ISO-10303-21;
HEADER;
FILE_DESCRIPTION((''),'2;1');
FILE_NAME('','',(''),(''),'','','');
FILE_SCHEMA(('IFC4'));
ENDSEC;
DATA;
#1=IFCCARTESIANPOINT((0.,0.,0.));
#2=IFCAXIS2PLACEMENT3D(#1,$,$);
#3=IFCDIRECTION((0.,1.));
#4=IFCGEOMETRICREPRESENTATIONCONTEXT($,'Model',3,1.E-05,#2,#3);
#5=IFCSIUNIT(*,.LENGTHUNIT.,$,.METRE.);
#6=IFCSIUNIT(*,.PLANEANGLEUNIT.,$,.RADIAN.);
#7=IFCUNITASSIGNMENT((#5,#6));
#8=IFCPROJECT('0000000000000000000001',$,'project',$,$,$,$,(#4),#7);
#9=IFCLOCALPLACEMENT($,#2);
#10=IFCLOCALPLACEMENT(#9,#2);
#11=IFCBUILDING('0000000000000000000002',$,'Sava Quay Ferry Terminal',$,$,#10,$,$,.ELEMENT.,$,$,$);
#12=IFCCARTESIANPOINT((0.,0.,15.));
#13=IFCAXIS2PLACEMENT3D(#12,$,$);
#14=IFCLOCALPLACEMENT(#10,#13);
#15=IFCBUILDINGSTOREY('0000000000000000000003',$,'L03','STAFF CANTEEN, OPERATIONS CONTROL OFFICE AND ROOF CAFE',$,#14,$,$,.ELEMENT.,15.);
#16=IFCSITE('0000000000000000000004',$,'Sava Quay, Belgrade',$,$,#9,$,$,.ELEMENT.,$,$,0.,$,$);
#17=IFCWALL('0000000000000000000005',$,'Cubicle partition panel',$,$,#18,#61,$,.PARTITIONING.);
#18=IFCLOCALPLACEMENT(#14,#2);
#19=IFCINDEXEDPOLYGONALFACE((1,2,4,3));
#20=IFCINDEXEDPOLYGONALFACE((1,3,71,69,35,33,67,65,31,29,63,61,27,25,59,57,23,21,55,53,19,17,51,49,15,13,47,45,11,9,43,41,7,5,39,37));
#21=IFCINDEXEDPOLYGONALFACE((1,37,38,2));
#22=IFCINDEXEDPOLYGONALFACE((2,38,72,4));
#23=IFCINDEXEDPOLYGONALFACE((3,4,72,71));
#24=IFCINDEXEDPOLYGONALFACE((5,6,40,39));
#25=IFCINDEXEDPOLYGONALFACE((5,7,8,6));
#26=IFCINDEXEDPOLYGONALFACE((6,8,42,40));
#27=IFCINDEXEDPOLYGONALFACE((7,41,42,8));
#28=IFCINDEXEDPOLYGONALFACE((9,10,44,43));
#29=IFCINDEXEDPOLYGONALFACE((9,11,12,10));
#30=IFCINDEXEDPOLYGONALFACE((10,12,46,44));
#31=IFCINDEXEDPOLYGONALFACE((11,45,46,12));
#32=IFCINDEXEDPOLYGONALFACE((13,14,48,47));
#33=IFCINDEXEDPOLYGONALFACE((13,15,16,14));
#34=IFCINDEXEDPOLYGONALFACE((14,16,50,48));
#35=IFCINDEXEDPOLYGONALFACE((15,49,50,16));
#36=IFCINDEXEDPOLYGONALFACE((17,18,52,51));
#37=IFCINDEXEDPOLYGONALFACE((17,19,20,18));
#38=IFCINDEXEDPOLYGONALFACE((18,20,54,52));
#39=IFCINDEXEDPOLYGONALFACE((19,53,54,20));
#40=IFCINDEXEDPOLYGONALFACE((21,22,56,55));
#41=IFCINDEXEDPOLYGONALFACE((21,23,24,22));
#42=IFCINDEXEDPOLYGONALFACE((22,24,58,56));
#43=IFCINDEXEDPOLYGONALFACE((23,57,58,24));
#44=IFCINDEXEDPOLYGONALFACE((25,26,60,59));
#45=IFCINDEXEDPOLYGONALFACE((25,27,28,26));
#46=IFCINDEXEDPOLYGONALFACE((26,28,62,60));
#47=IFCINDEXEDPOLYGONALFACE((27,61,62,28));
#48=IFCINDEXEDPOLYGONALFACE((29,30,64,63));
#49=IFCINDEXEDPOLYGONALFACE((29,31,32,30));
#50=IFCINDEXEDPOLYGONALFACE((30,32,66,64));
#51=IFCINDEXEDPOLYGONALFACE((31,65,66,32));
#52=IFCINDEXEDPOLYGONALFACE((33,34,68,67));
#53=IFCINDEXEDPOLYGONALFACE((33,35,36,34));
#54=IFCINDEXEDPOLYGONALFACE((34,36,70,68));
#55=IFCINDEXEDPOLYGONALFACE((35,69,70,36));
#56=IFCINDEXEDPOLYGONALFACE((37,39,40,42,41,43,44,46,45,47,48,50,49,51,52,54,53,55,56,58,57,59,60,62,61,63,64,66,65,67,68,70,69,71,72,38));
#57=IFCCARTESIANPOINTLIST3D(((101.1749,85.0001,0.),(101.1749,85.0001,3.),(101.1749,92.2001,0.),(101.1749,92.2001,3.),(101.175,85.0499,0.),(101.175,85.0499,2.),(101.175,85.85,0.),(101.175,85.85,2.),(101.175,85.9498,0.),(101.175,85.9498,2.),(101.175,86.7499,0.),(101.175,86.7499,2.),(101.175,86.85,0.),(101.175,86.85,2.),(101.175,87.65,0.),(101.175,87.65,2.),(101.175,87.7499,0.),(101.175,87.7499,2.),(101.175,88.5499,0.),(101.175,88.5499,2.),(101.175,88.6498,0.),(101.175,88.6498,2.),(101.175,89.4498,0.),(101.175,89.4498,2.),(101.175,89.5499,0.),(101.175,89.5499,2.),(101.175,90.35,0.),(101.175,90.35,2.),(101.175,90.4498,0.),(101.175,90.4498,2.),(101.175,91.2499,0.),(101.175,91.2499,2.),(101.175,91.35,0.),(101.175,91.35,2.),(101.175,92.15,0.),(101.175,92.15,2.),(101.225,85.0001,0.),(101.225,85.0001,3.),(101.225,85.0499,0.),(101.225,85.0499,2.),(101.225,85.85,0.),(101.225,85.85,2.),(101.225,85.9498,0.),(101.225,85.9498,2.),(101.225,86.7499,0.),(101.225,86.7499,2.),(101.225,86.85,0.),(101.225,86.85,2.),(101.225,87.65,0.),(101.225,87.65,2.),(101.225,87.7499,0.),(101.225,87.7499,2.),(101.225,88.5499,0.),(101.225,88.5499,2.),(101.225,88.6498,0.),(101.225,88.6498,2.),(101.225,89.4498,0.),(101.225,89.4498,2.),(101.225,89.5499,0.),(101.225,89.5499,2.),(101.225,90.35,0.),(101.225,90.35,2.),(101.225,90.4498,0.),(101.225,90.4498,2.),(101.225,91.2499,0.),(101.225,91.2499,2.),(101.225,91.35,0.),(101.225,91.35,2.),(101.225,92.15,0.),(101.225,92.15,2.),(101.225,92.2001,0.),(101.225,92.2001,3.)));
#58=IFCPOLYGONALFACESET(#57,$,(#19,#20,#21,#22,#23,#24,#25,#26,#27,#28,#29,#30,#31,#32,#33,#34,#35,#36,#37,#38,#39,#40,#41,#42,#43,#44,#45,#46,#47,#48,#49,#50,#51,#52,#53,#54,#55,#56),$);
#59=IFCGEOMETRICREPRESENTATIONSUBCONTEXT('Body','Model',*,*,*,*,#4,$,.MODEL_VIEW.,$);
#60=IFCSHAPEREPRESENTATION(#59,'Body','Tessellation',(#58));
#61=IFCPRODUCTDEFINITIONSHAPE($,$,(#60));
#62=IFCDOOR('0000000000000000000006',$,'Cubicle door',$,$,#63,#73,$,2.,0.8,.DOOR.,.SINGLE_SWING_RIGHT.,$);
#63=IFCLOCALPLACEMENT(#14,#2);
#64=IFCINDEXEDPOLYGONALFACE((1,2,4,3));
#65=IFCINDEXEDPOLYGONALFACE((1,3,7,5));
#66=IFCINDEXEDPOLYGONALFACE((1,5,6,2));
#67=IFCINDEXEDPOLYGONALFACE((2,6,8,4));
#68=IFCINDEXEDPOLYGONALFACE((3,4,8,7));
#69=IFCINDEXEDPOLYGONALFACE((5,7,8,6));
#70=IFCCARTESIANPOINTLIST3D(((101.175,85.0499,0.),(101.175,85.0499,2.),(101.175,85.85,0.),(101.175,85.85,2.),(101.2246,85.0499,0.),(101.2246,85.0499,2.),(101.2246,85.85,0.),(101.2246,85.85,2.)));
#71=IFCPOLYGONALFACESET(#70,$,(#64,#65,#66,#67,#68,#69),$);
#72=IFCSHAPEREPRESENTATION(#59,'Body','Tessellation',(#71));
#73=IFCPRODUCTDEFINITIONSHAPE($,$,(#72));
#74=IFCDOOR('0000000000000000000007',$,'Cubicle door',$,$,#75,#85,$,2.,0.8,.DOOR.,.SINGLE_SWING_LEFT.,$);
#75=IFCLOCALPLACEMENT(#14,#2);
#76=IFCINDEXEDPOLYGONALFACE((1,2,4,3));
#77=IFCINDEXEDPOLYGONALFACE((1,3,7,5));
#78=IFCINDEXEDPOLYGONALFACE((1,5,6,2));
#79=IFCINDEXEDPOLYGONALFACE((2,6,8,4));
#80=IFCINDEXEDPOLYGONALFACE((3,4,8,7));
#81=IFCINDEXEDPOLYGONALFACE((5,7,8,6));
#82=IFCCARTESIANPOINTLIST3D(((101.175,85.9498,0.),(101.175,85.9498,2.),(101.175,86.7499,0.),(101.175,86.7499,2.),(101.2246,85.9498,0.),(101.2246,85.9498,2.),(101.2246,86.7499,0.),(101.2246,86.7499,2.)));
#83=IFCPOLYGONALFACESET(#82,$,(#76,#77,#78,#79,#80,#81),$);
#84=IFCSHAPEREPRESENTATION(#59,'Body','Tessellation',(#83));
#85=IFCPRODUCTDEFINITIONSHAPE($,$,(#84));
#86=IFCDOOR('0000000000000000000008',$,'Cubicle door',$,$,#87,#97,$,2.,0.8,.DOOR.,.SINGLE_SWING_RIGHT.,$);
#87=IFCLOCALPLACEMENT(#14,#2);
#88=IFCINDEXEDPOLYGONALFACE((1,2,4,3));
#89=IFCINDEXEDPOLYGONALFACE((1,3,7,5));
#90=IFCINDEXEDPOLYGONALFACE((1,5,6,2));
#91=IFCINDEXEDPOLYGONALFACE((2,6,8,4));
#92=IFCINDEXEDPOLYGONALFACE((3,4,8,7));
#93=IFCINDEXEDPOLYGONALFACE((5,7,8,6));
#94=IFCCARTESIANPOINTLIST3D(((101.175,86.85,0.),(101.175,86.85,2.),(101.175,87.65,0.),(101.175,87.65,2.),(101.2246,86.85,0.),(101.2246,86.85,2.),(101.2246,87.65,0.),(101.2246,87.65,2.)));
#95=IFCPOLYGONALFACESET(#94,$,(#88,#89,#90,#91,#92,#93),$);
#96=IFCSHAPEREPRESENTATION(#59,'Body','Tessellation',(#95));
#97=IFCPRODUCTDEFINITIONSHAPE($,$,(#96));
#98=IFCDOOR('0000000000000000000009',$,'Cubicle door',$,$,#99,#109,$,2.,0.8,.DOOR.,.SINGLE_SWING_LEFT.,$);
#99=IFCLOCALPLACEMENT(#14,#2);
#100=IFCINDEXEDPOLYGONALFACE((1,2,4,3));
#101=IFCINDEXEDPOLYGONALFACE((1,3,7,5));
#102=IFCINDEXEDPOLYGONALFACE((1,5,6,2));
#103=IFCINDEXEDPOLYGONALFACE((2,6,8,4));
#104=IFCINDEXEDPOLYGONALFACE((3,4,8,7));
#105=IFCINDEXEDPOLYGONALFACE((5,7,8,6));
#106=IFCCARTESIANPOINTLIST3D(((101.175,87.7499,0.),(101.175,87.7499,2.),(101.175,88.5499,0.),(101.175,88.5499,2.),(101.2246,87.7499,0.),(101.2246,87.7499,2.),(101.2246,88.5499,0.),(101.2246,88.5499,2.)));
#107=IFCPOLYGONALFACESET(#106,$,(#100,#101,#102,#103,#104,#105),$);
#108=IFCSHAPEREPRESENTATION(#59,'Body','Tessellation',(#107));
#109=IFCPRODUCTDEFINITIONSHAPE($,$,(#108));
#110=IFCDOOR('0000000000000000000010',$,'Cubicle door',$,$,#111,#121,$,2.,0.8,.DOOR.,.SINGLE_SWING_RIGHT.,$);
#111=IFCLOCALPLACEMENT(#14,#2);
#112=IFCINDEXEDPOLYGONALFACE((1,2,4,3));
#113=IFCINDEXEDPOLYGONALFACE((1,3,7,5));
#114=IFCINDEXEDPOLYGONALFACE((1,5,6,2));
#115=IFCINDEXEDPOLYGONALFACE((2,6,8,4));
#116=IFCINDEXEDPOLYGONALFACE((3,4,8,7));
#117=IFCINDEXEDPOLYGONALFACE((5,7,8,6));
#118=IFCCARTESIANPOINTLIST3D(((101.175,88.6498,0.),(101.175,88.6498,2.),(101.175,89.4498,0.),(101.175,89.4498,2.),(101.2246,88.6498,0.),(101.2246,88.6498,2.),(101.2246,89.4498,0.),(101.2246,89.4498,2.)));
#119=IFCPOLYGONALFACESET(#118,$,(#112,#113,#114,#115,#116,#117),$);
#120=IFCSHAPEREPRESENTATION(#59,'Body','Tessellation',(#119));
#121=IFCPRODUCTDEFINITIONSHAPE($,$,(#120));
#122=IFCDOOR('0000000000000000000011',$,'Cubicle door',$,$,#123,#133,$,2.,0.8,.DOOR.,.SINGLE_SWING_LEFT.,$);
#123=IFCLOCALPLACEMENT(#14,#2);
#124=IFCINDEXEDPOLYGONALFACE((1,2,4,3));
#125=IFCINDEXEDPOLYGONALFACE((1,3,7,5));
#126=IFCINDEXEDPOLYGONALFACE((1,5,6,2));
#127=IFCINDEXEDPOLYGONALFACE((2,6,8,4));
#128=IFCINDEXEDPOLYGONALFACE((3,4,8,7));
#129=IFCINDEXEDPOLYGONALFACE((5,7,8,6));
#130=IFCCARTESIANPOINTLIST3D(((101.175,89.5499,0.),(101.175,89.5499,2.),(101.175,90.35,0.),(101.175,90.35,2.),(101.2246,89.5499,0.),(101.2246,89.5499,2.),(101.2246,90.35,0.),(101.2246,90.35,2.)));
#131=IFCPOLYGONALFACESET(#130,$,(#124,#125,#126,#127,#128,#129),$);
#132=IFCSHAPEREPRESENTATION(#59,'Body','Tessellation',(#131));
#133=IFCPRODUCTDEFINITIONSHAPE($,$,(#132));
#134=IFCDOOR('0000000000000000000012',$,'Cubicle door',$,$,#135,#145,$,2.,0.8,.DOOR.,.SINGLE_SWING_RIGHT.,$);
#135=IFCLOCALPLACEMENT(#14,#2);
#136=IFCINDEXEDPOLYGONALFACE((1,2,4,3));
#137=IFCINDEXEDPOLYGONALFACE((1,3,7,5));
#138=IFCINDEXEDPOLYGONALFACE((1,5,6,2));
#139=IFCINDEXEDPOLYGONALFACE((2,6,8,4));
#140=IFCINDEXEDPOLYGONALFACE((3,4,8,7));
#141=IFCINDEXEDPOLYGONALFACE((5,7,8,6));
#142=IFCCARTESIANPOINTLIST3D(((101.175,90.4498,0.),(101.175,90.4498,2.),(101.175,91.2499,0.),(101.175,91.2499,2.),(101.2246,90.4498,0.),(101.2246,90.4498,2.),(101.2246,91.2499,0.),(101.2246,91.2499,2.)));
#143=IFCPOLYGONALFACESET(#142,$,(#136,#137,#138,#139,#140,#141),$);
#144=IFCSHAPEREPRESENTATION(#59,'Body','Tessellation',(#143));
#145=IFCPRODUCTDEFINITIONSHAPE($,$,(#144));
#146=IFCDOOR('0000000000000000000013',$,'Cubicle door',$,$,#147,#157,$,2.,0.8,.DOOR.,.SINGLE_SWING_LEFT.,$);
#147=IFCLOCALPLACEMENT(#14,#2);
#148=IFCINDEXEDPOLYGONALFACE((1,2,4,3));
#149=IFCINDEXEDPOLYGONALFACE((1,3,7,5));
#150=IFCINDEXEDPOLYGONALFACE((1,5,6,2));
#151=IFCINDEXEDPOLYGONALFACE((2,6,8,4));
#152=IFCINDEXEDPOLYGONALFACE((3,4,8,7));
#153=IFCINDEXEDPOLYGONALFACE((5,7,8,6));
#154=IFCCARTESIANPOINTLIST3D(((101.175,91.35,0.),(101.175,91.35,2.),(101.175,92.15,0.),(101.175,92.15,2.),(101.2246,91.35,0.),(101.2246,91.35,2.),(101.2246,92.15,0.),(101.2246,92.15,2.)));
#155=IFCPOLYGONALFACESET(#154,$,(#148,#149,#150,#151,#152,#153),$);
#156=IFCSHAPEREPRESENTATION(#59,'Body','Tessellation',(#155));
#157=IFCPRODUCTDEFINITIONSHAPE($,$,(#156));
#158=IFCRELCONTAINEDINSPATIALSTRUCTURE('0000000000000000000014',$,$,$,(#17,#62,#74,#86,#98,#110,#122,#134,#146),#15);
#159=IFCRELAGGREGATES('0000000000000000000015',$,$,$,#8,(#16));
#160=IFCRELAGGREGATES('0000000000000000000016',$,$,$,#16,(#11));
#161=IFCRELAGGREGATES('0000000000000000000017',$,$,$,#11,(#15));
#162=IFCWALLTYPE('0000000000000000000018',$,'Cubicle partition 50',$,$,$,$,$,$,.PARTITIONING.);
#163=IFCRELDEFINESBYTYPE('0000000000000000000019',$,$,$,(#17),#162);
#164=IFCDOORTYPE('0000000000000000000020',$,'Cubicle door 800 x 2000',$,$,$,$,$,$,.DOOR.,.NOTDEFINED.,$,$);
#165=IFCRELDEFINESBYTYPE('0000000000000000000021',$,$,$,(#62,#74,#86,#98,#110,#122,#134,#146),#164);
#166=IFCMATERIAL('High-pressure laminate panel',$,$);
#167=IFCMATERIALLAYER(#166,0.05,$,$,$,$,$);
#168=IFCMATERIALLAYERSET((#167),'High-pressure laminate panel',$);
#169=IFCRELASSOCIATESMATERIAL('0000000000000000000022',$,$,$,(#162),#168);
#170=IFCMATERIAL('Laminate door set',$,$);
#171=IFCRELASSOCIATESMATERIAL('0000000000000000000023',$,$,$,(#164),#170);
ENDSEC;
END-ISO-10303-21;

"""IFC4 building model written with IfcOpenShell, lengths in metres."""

from ifc_helpers import new_model, si_unit, direction, frame, frame_2d, origin, place, context, subcontext, project, spatial, rectangle, extrude, material, layer, layer_set, type_object, element, fill, save


model = new_model("IFC4")

# Units and contexts
model_context = context("Model", 3, precision=1e-05, world=origin(), true_north=direction((0.0, 1.0)))
body_context = subcontext(model_context, "Body", "Model", "MODEL_VIEW")
ifc_project = project(units=[si_unit("LENGTHUNIT", "METRE"), si_unit("PLANEANGLEUNIT", "RADIAN")], contexts=[model_context])

# Site, building, storey
site_placement = place(None, origin())
site = spatial("IfcSite", under=ifc_project, at=site_placement, Name="Sava Quay, Belgrade", CompositionType="ELEMENT", RefElevation=0.0)
building_placement = place(site_placement, origin())
building = spatial("IfcBuilding", under=site, at=building_placement, Name="Sava Quay Ferry Terminal", CompositionType="ELEMENT")
storey_placement = place(building_placement, frame((0.0, 0.0, 15.0)))
storey = spatial("IfcBuildingStorey", under=building, at=storey_placement, Name="L03", Description="STAFF CANTEEN, OPERATIONS CONTROL OFFICE AND ROOF CAFE", CompositionType="ELEMENT", Elevation=15.0)

# Wall, openings, doors
ifc_material_1 = material(Name="High-pressure laminate panel")
ifc_layer_1 = layer(ifc_material_1, 0.05)
ifc_layer_set_1 = layer_set([ifc_layer_1], Name="High-pressure laminate panel")
wall_type_1 = type_object("IfcWallType", Name="Cubicle partition 50", PredefinedType="PARTITIONING", material=ifc_layer_set_1)
wall_1_placement = place(storey_placement, frame((101.2, 85.0, 0.0), z_axis=(0.0, 0.0, 1.0), x_axis=(0.0, 1.0, 0.0)))
wall_1 = element("IfcWall", 1, at=wall_1_placement, inside=storey, type_object=wall_type_1, Name="Cubicle partition panel", PredefinedType="PARTITIONING", context=body_context, shape_type="SweptSolid", body=[
    extrude(rectangle(XDim=7.2, YDim=0.05, at=frame_2d((3.6001, 0.0))), origin(), (0.0, 0.0, 1.0), 3.0),
])
opening_1_placement = place(wall_1_placement, frame((0.05, 0.0, 0.0)))
opening_1 = element("IfcOpeningElement", 2, at=opening_1_placement, cuts=wall_1, PredefinedType="OPENING", context=body_context, shape_type="SweptSolid", body=[
    extrude(rectangle(XDim=0.8, YDim=2.0, at=frame_2d((0.3999, 1.0))), frame((0.0, 0.0249, 0.0), z_axis=(0.0, -1.0, 0.0), x_axis=(1.0, 0.0, 0.0)), (0.0, 0.0, 1.0), 0.05),
])
opening_2_placement = place(wall_1_placement, frame((0.95, 0.0, 0.0)))
opening_2 = element("IfcOpeningElement", 3, at=opening_2_placement, cuts=wall_1, PredefinedType="OPENING", context=body_context, shape_type="SweptSolid", body=[
    extrude(rectangle(XDim=0.8, YDim=2.0, at=frame_2d((0.3999, 1.0))), frame((0.0, 0.0249, 0.0), z_axis=(0.0, -1.0, 0.0), x_axis=(1.0, 0.0, 0.0)), (0.0, 0.0, 1.0), 0.05),
])
opening_3_placement = place(wall_1_placement, frame((1.8501, 0.0, 0.0)))
opening_3 = element("IfcOpeningElement", 4, at=opening_3_placement, cuts=wall_1, PredefinedType="OPENING", context=body_context, shape_type="SweptSolid", body=[
    extrude(rectangle(XDim=0.8, YDim=2.0, at=frame_2d((0.3999, 1.0))), frame((0.0, 0.0249, 0.0), z_axis=(0.0, -1.0, 0.0), x_axis=(1.0, 0.0, 0.0)), (0.0, 0.0, 1.0), 0.05),
])
opening_4_placement = place(wall_1_placement, frame((2.75, 0.0, 0.0)))
opening_4 = element("IfcOpeningElement", 5, at=opening_4_placement, cuts=wall_1, PredefinedType="OPENING", context=body_context, shape_type="SweptSolid", body=[
    extrude(rectangle(XDim=0.8, YDim=2.0, at=frame_2d((0.3999, 1.0))), frame((0.0, 0.0249, 0.0), z_axis=(0.0, -1.0, 0.0), x_axis=(1.0, 0.0, 0.0)), (0.0, 0.0, 1.0), 0.05),
])
opening_5_placement = place(wall_1_placement, frame((3.6499, 0.0, 0.0)))
opening_5 = element("IfcOpeningElement", 6, at=opening_5_placement, cuts=wall_1, PredefinedType="OPENING", context=body_context, shape_type="SweptSolid", body=[
    extrude(rectangle(XDim=0.8, YDim=2.0, at=frame_2d((0.3999, 1.0))), frame((0.0, 0.0249, 0.0), z_axis=(0.0, -1.0, 0.0), x_axis=(1.0, 0.0, 0.0)), (0.0, 0.0, 1.0), 0.05),
])
opening_6_placement = place(wall_1_placement, frame((4.55, 0.0, 0.0)))
opening_6 = element("IfcOpeningElement", 7, at=opening_6_placement, cuts=wall_1, PredefinedType="OPENING", context=body_context, shape_type="SweptSolid", body=[
    extrude(rectangle(XDim=0.8, YDim=2.0, at=frame_2d((0.3999, 1.0))), frame((0.0, 0.0249, 0.0), z_axis=(0.0, -1.0, 0.0), x_axis=(1.0, 0.0, 0.0)), (0.0, 0.0, 1.0), 0.05),
])
opening_7_placement = place(wall_1_placement, frame((5.45, 0.0, 0.0)))
opening_7 = element("IfcOpeningElement", 8, at=opening_7_placement, cuts=wall_1, PredefinedType="OPENING", context=body_context, shape_type="SweptSolid", body=[
    extrude(rectangle(XDim=0.8, YDim=2.0, at=frame_2d((0.3999, 1.0))), frame((0.0, 0.0249, 0.0), z_axis=(0.0, -1.0, 0.0), x_axis=(1.0, 0.0, 0.0)), (0.0, 0.0, 1.0), 0.05),
])
opening_8_placement = place(wall_1_placement, frame((6.3501, 0.0, 0.0)))
opening_8 = element("IfcOpeningElement", 9, at=opening_8_placement, cuts=wall_1, PredefinedType="OPENING", context=body_context, shape_type="SweptSolid", body=[
    extrude(rectangle(XDim=0.8, YDim=2.0, at=frame_2d((0.3999, 1.0))), frame((0.0, 0.0249, 0.0), z_axis=(0.0, -1.0, 0.0), x_axis=(1.0, 0.0, 0.0)), (0.0, 0.0, 1.0), 0.05),
])
ifc_material_2 = material(Name="Laminate door set")
door_type = type_object("IfcDoorType", Name="Cubicle door 800 x 2000", OperationType="NOTDEFINED", PredefinedType="DOOR", material=ifc_material_2)
door_1_placement = place(opening_1_placement, origin())
door_1 = element("IfcDoor", 10, at=door_1_placement, inside=storey, type_object=door_type, Name="Cubicle door", OperationType="SINGLE_SWING_RIGHT", OverallHeight=2.0, OverallWidth=0.8, PredefinedType="DOOR", context=body_context, shape_type="SweptSolid", body=[
    extrude(rectangle(XDim=0.8, YDim=2.0, at=frame_2d((0.3999, 1.0))), frame((0.0, 0.0249, 0.0), z_axis=(0.0, -1.0, 0.0), x_axis=(1.0, 0.0, 0.0)), (0.0, 0.0, 1.0), 0.0496),
])
fill(opening_1, door_1)
door_2_placement = place(opening_2_placement, origin())
door_2 = element("IfcDoor", 11, at=door_2_placement, inside=storey, type_object=door_type, Name="Cubicle door", OperationType="SINGLE_SWING_LEFT", OverallHeight=2.0, OverallWidth=0.8, PredefinedType="DOOR", context=body_context, shape_type="SweptSolid", body=[
    extrude(rectangle(XDim=0.8, YDim=2.0, at=frame_2d((0.3999, 1.0))), frame((0.0, 0.0249, 0.0), z_axis=(0.0, -1.0, 0.0), x_axis=(1.0, 0.0, 0.0)), (0.0, 0.0, 1.0), 0.0496),
])
fill(opening_2, door_2)
door_3_placement = place(opening_3_placement, origin())
door_3 = element("IfcDoor", 12, at=door_3_placement, inside=storey, type_object=door_type, Name="Cubicle door", OperationType="SINGLE_SWING_RIGHT", OverallHeight=2.0, OverallWidth=0.8, PredefinedType="DOOR", context=body_context, shape_type="SweptSolid", body=[
    extrude(rectangle(XDim=0.8, YDim=2.0, at=frame_2d((0.3999, 1.0))), frame((0.0, 0.0249, 0.0), z_axis=(0.0, -1.0, 0.0), x_axis=(1.0, 0.0, 0.0)), (0.0, 0.0, 1.0), 0.0496),
])
fill(opening_3, door_3)
door_4_placement = place(opening_4_placement, origin())
door_4 = element("IfcDoor", 13, at=door_4_placement, inside=storey, type_object=door_type, Name="Cubicle door", OperationType="SINGLE_SWING_LEFT", OverallHeight=2.0, OverallWidth=0.8, PredefinedType="DOOR", context=body_context, shape_type="SweptSolid", body=[
    extrude(rectangle(XDim=0.8, YDim=2.0, at=frame_2d((0.3999, 1.0))), frame((0.0, 0.0249, 0.0), z_axis=(0.0, -1.0, 0.0), x_axis=(1.0, 0.0, 0.0)), (0.0, 0.0, 1.0), 0.0496),
])
fill(opening_4, door_4)
door_5_placement = place(opening_5_placement, origin())
door_5 = element("IfcDoor", 14, at=door_5_placement, inside=storey, type_object=door_type, Name="Cubicle door", OperationType="SINGLE_SWING_RIGHT", OverallHeight=2.0, OverallWidth=0.8, PredefinedType="DOOR", context=body_context, shape_type="SweptSolid", body=[
    extrude(rectangle(XDim=0.8, YDim=2.0, at=frame_2d((0.3999, 1.0))), frame((0.0, 0.0249, 0.0), z_axis=(0.0, -1.0, 0.0), x_axis=(1.0, 0.0, 0.0)), (0.0, 0.0, 1.0), 0.0496),
])
fill(opening_5, door_5)
door_6_placement = place(opening_6_placement, origin())
door_6 = element("IfcDoor", 15, at=door_6_placement, inside=storey, type_object=door_type, Name="Cubicle door", OperationType="SINGLE_SWING_LEFT", OverallHeight=2.0, OverallWidth=0.8, PredefinedType="DOOR", context=body_context, shape_type="SweptSolid", body=[
    extrude(rectangle(XDim=0.8, YDim=2.0, at=frame_2d((0.3999, 1.0))), frame((0.0, 0.0249, 0.0), z_axis=(0.0, -1.0, 0.0), x_axis=(1.0, 0.0, 0.0)), (0.0, 0.0, 1.0), 0.0496),
])
fill(opening_6, door_6)
door_7_placement = place(opening_7_placement, origin())
door_7 = element("IfcDoor", 16, at=door_7_placement, inside=storey, type_object=door_type, Name="Cubicle door", OperationType="SINGLE_SWING_RIGHT", OverallHeight=2.0, OverallWidth=0.8, PredefinedType="DOOR", context=body_context, shape_type="SweptSolid", body=[
    extrude(rectangle(XDim=0.8, YDim=2.0, at=frame_2d((0.3999, 1.0))), frame((0.0, 0.0249, 0.0), z_axis=(0.0, -1.0, 0.0), x_axis=(1.0, 0.0, 0.0)), (0.0, 0.0, 1.0), 0.0496),
])
fill(opening_7, door_7)
door_8_placement = place(opening_8_placement, origin())
door_8 = element("IfcDoor", 17, at=door_8_placement, inside=storey, type_object=door_type, Name="Cubicle door", OperationType="SINGLE_SWING_LEFT", OverallHeight=2.0, OverallWidth=0.8, PredefinedType="DOOR", context=body_context, shape_type="SweptSolid", body=[
    extrude(rectangle(XDim=0.8, YDim=2.0, at=frame_2d((0.3999, 1.0))), frame((0.0, 0.0249, 0.0), z_axis=(0.0, -1.0, 0.0), x_axis=(1.0, 0.0, 0.0)), (0.0, 0.0, 1.0), 0.0496),
])
fill(opening_8, door_8)

save(model, "model.ifc")
